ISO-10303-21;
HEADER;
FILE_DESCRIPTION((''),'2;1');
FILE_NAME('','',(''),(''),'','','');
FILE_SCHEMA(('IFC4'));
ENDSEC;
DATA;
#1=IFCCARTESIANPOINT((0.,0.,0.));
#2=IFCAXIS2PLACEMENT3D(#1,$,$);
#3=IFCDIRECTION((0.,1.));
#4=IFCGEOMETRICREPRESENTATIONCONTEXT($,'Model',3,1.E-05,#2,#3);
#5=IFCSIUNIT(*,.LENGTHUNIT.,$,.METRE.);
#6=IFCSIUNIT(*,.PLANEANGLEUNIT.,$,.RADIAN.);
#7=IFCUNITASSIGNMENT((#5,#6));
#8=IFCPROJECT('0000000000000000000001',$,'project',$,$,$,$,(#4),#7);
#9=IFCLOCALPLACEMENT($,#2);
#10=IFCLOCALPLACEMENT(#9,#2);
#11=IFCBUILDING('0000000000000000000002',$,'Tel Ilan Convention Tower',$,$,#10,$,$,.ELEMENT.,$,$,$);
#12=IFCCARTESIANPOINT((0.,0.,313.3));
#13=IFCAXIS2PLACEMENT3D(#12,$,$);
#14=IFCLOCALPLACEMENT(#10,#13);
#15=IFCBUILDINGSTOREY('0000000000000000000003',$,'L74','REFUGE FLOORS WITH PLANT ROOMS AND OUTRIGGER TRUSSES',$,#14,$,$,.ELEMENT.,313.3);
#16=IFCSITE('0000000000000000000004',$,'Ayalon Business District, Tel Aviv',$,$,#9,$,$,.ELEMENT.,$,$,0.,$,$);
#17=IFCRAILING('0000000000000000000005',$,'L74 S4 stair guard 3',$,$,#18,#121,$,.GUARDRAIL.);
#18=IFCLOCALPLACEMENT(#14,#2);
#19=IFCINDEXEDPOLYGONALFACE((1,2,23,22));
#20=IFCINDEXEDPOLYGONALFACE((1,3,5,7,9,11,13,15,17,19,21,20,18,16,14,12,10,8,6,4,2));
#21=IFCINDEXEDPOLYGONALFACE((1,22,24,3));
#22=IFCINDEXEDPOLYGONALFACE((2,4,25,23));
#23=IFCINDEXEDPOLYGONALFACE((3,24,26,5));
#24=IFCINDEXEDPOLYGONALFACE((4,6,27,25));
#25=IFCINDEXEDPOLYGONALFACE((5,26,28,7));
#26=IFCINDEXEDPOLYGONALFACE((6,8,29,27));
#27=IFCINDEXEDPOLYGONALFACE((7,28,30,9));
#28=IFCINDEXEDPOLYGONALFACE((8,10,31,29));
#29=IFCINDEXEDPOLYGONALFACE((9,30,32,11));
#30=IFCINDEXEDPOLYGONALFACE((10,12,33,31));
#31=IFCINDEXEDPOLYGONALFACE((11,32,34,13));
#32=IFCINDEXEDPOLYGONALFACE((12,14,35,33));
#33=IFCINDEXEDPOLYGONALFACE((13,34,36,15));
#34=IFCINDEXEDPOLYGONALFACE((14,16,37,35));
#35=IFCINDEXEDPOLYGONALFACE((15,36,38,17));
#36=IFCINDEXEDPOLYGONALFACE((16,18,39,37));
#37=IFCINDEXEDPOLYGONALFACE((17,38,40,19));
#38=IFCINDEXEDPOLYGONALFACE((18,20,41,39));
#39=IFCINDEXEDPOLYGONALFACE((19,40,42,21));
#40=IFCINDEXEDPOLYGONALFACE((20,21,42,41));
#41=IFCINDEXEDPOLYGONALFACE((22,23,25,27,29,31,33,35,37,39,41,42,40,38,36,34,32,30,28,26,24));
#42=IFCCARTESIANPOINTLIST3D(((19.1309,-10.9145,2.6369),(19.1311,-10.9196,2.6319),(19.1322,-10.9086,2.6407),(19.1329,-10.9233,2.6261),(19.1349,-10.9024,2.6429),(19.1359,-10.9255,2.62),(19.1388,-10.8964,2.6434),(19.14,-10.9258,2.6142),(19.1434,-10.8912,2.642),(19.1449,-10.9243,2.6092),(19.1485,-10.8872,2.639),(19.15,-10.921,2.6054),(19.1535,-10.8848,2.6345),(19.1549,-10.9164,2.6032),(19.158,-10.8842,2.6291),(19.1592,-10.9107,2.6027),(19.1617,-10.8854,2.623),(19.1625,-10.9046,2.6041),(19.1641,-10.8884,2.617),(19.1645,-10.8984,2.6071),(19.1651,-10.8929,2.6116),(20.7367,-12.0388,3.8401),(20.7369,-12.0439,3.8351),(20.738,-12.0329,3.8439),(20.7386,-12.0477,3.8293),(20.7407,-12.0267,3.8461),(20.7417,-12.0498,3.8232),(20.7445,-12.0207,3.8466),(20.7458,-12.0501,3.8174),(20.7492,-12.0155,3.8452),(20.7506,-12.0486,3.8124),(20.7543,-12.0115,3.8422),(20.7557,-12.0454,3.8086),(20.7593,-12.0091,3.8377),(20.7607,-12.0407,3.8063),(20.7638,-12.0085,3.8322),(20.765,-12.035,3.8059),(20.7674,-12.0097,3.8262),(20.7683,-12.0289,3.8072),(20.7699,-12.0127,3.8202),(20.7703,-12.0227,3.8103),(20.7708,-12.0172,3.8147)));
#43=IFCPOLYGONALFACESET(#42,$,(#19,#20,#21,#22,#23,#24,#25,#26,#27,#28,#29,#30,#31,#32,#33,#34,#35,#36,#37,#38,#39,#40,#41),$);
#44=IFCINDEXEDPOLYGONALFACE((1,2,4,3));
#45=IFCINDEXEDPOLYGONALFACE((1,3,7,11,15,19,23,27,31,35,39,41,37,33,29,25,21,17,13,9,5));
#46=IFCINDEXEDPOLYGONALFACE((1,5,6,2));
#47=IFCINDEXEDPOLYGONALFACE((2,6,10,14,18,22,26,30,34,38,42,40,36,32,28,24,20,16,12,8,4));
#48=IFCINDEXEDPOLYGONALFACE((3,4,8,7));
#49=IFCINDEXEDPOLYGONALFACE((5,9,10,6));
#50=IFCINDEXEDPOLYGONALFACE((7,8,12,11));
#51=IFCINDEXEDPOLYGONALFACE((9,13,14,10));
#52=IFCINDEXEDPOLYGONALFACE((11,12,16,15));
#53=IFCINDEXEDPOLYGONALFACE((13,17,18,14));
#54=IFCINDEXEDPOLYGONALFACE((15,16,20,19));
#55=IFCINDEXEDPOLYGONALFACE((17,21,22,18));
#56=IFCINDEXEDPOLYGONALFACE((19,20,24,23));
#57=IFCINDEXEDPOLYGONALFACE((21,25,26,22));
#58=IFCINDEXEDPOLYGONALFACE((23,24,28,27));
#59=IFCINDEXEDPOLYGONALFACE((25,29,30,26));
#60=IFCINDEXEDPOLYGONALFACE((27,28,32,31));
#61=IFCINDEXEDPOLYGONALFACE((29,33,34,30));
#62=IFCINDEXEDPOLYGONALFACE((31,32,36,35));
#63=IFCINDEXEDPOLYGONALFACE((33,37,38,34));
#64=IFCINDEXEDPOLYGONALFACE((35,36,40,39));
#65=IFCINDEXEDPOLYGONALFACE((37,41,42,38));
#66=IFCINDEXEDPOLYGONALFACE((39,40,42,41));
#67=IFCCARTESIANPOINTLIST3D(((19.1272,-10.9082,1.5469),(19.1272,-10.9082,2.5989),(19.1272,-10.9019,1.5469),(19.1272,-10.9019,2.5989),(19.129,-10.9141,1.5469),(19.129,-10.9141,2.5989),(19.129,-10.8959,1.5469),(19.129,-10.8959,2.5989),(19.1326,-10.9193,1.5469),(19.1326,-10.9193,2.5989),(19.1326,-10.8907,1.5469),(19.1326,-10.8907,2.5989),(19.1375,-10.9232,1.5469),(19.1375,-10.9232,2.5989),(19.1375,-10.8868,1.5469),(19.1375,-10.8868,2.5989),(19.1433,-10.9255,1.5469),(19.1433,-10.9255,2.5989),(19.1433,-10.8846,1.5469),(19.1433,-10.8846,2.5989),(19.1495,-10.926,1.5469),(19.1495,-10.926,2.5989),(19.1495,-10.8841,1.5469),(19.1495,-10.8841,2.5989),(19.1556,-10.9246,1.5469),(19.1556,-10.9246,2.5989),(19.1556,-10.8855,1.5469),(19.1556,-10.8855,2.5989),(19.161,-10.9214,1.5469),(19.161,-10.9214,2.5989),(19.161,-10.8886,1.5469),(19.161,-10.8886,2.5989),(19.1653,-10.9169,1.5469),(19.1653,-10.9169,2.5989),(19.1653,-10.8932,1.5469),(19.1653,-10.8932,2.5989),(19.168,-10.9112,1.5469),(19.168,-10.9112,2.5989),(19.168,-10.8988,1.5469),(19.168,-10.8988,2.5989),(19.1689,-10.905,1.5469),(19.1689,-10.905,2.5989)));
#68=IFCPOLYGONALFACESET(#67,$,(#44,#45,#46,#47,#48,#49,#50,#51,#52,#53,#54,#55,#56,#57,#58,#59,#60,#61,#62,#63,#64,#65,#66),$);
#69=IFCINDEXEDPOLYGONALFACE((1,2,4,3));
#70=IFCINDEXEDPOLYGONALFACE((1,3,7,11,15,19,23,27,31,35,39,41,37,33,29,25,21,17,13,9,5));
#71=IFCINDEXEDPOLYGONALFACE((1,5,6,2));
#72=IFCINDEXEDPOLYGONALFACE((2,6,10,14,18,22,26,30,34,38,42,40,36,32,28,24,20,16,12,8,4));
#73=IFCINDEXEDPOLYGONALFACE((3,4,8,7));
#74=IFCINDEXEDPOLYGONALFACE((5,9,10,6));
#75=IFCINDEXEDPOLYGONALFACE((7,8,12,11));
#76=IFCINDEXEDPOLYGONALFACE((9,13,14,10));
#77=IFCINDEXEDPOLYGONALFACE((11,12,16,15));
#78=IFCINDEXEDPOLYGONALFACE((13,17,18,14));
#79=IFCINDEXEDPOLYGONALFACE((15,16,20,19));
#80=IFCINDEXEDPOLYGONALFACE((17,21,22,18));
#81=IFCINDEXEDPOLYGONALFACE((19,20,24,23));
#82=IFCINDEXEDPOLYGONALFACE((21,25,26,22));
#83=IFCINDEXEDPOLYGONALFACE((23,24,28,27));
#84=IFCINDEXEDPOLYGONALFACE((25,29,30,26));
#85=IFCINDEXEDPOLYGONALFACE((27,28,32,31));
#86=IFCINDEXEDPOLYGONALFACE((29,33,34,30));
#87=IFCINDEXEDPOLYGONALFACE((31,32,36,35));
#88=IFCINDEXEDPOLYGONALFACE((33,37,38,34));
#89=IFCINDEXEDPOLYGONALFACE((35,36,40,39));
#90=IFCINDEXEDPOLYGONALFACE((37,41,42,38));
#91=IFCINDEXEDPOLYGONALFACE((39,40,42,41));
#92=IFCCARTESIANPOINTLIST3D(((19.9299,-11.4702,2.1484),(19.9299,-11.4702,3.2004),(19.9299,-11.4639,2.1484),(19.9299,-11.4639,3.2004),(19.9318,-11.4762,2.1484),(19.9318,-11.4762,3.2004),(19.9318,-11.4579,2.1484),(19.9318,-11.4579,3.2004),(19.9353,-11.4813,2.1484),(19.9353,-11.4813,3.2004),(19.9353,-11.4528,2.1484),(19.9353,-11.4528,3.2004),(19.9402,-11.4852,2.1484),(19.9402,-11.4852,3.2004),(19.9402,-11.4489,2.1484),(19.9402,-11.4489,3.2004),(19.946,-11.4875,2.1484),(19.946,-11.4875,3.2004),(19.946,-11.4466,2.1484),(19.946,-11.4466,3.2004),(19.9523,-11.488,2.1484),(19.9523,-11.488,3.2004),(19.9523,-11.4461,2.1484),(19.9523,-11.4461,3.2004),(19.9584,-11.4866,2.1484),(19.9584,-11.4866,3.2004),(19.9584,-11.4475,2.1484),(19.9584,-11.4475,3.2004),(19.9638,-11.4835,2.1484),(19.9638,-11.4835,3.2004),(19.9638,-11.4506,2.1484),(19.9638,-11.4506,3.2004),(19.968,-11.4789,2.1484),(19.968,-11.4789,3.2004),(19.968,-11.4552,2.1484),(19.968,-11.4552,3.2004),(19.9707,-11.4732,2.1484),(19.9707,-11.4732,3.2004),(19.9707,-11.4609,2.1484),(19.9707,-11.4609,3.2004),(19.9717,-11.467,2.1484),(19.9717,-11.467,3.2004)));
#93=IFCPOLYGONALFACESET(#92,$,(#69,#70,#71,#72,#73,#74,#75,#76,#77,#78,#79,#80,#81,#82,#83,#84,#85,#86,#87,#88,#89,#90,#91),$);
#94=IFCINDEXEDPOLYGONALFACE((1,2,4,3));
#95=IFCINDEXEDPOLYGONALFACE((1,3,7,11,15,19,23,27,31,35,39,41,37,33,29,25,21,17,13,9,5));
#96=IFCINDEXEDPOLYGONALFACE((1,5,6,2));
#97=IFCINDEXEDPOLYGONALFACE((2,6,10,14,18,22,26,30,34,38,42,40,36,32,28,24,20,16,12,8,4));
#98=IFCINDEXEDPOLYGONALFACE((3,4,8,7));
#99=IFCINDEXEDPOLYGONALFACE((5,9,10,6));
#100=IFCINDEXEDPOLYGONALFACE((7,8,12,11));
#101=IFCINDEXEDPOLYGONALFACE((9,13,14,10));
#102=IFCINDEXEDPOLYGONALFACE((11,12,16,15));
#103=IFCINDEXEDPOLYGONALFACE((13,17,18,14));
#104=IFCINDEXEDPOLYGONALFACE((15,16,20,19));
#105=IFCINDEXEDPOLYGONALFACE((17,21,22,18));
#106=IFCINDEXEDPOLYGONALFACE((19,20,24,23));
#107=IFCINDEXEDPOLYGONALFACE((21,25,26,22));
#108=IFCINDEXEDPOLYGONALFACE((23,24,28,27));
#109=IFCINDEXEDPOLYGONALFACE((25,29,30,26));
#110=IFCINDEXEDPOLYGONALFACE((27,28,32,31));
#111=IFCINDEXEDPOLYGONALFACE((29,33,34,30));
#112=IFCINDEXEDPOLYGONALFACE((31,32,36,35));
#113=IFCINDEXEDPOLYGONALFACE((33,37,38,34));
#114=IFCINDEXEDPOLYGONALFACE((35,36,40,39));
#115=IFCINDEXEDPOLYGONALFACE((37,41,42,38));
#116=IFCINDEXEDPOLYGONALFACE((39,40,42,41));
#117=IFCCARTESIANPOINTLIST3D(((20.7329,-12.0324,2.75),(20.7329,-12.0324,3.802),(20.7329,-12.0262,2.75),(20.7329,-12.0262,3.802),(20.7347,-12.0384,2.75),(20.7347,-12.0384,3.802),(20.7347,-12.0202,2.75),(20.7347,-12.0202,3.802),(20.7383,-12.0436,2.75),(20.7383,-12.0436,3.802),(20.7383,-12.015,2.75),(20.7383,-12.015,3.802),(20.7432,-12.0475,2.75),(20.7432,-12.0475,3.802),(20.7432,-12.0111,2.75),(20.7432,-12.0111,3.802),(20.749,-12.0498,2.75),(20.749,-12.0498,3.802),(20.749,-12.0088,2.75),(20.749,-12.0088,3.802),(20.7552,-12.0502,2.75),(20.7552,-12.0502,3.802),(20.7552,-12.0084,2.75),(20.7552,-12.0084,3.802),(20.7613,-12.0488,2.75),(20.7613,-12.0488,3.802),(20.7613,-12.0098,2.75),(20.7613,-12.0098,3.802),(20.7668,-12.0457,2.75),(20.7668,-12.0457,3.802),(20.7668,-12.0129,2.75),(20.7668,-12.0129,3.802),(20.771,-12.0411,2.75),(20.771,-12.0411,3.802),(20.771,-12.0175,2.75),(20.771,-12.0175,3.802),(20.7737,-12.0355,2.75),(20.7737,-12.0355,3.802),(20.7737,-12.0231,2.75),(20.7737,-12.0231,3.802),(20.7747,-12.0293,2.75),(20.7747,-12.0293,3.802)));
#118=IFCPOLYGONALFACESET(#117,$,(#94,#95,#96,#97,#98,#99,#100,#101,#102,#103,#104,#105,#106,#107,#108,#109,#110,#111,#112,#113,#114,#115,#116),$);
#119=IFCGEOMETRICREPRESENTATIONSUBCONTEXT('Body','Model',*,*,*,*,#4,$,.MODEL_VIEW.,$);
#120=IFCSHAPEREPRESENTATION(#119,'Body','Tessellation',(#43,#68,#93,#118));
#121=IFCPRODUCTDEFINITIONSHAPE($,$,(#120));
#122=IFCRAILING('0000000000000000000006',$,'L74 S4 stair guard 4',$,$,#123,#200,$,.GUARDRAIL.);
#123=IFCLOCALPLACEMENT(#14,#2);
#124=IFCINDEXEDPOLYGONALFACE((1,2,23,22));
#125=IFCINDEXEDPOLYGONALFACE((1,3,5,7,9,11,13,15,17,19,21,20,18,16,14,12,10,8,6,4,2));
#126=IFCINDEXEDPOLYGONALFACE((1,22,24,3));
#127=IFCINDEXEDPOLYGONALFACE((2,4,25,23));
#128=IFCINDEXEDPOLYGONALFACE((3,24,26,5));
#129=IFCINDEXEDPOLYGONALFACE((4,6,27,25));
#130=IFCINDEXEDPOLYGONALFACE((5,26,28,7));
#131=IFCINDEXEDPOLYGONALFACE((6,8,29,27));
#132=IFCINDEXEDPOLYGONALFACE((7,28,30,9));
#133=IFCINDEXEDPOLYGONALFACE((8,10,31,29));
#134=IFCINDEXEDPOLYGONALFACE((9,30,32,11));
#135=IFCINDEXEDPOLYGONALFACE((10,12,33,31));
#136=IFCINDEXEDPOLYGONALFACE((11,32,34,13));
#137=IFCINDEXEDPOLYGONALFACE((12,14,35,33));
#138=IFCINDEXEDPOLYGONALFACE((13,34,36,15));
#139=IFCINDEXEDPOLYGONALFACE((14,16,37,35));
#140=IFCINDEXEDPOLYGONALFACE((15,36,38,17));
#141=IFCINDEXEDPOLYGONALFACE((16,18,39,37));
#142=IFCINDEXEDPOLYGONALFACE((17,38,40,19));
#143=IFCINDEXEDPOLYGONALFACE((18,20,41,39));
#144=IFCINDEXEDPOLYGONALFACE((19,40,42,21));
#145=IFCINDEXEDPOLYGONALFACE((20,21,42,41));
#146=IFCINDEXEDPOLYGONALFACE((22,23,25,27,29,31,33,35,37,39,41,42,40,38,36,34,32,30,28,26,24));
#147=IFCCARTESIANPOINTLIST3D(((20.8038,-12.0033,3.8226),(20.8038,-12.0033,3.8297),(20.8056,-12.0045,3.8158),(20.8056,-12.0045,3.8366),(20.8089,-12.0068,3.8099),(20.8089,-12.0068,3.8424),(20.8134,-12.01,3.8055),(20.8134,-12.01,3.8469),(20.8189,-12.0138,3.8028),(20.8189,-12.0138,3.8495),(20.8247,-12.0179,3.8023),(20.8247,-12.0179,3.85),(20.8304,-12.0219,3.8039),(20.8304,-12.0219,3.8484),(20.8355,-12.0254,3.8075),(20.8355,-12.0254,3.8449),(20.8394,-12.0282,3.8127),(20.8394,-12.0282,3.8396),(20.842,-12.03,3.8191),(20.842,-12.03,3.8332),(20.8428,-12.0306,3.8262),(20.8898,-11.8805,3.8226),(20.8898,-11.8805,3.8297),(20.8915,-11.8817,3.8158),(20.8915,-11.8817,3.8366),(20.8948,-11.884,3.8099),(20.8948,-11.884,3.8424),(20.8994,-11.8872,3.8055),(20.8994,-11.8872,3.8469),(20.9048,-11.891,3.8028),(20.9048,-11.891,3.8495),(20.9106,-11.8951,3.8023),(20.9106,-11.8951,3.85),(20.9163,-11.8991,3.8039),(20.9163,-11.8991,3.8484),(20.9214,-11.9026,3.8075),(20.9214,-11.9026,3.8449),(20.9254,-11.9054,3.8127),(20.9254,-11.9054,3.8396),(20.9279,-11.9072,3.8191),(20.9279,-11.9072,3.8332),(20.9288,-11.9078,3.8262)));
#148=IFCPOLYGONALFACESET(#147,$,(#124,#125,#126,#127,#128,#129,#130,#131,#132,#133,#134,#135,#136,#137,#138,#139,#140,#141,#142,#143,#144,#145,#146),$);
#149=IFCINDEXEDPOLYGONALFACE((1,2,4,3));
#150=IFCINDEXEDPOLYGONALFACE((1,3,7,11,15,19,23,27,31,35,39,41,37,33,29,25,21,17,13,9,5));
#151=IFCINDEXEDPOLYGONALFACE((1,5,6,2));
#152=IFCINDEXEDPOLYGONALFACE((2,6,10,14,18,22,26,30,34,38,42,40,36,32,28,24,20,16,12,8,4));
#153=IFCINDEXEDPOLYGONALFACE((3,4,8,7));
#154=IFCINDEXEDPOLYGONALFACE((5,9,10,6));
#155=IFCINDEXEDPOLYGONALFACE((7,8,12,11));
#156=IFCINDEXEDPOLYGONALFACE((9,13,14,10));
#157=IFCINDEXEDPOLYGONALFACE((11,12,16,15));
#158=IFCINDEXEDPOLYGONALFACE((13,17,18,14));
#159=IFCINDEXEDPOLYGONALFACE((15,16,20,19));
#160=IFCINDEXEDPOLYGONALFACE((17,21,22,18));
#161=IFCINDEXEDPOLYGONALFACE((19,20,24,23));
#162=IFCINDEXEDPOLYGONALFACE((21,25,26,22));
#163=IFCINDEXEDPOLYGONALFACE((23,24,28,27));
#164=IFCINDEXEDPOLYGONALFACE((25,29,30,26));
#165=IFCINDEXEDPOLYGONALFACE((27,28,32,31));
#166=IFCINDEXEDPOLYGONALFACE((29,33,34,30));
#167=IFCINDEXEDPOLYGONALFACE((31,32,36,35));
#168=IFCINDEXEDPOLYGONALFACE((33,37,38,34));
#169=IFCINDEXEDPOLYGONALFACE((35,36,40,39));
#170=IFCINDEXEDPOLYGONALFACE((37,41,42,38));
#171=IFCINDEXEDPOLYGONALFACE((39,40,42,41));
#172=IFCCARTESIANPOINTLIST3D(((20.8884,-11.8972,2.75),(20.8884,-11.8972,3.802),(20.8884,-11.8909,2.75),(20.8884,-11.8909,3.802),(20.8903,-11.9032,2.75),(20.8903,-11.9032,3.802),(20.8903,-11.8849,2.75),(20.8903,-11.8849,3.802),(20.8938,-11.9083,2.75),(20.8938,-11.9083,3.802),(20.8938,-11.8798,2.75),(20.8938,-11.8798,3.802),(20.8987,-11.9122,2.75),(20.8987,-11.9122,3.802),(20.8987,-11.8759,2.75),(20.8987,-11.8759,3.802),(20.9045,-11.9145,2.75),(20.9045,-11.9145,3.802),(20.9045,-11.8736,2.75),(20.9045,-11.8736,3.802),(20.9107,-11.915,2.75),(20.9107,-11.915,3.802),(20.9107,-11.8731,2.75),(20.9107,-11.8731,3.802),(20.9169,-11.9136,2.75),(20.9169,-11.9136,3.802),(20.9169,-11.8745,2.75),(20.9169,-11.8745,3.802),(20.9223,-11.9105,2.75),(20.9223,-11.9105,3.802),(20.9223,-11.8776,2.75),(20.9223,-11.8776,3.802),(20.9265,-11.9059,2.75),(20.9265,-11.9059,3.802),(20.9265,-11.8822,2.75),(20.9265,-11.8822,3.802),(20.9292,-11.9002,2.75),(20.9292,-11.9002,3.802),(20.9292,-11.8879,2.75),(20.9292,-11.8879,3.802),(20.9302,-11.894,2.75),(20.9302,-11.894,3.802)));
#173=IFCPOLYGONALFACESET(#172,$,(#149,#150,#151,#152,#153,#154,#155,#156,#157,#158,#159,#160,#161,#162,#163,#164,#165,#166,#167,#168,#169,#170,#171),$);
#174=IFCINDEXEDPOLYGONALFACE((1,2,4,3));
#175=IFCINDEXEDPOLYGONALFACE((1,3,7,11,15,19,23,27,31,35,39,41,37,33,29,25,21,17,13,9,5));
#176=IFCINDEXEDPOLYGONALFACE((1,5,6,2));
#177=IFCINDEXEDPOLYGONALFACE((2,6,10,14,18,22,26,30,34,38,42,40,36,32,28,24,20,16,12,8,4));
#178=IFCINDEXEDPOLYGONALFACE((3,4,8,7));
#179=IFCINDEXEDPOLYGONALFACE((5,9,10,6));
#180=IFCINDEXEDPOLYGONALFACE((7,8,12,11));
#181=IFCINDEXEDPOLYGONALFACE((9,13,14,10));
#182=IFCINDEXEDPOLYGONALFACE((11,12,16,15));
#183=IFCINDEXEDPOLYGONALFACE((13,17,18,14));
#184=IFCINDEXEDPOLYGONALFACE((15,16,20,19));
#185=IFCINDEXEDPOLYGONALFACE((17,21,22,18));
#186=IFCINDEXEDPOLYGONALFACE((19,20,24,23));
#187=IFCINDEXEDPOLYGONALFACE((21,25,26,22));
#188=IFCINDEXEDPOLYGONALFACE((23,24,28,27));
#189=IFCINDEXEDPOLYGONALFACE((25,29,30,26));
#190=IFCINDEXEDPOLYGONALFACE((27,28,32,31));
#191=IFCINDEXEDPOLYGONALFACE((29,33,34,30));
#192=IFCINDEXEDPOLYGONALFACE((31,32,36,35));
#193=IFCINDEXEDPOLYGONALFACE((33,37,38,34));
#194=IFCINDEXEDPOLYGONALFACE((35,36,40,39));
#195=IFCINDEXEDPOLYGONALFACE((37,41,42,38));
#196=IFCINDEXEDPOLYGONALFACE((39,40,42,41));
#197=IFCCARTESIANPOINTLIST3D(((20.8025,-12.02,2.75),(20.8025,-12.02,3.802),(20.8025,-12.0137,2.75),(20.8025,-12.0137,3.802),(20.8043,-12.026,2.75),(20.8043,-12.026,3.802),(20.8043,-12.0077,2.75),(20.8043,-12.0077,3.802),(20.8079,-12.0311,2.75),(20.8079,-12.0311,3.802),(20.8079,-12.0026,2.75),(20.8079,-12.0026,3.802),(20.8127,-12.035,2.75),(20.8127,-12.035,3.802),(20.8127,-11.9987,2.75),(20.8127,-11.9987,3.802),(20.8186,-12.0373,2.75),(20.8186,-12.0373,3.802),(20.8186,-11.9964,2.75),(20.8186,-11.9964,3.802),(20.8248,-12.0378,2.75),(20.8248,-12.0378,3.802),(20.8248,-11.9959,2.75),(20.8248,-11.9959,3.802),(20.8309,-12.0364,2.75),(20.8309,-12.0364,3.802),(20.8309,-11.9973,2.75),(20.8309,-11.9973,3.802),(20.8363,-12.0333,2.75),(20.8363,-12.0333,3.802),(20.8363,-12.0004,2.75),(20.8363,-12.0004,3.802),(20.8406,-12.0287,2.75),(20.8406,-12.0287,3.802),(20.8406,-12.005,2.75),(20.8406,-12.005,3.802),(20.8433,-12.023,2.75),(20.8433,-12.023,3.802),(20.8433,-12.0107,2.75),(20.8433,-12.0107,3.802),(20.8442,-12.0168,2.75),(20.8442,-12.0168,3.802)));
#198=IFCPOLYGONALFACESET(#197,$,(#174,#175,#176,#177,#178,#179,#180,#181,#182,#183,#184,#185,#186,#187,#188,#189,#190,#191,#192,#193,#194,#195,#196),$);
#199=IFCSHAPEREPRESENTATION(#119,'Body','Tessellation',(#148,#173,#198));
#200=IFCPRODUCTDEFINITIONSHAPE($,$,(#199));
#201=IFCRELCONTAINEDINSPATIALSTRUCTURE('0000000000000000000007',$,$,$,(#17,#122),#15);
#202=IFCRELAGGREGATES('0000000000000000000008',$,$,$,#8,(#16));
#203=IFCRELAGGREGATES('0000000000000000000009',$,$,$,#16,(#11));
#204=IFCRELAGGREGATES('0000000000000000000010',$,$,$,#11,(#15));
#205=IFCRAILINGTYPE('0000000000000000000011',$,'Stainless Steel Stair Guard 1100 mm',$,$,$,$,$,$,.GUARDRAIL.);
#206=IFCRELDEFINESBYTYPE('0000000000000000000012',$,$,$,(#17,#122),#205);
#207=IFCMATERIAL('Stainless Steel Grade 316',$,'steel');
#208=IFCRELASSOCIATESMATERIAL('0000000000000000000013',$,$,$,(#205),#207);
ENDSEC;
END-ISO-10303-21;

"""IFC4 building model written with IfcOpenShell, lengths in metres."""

from ifc_helpers import new_model, si_unit, direction, frame, origin, origin_2d, place, context, subcontext, project, spatial, circle, extrude, material, type_object, element, save


model = new_model("IFC4")

# Units and contexts
model_context = context("Model", 3, precision=1e-05, world=origin(), true_north=direction((0.0, 1.0)))
body_context = subcontext(model_context, "Body", "Model", "MODEL_VIEW")
ifc_project = project(units=[si_unit("LENGTHUNIT", "METRE"), si_unit("PLANEANGLEUNIT", "RADIAN")], contexts=[model_context])

# Site, building, storey
site_placement = place(None, origin())
site = spatial("IfcSite", under=ifc_project, at=site_placement, Name="Ayalon Business District, Tel Aviv", CompositionType="ELEMENT", RefElevation=0.0)
building_placement = place(site_placement, origin())
building = spatial("IfcBuilding", under=site, at=building_placement, Name="Tel Ilan Convention Tower", CompositionType="ELEMENT")
storey_placement = place(building_placement, frame((0.0, 0.0, 313.3)))
storey = spatial("IfcBuildingStorey", under=building, at=storey_placement, Name="L74", Description="REFUGE FLOORS WITH PLANT ROOMS AND OUTRIGGER TRUSSES", CompositionType="ELEMENT", Elevation=313.3)

# Railings
ifc_material_1 = material(Name="Stainless Steel Grade 316", Category="steel")
railing_type_1 = type_object("IfcRailingType", Name="Stainless Steel Stair Guard 1100 mm", PredefinedType="GUARDRAIL", material=ifc_material_1)
railing_1_placement = place(storey_placement, frame((19.1479, -10.905, 1.5469)))
element("IfcRailing", 1, at=railing_1_placement, inside=storey, type_object=railing_type_1, Name="L74 S4 stair guard 3", PredefinedType="GUARDRAIL", context=body_context, shape_type="SweptSolid", body=[
    extrude(circle(Radius=0.0239, at=origin_2d()), frame((0.0, 0.0, 1.0762), z_axis=(0.698149, -0.488821, 0.523108), x_axis=(0.573554, 0.819168, 0.0)), (0.0, 0.0, 1.0), 2.3),
    extrude(circle(Radius=0.021, at=origin_2d()), origin(), (0.0, 0.0, 1.0), 1.052),
    extrude(circle(Radius=0.021, at=origin_2d()), frame((0.8027, -0.562, 0.6016)), (0.0, 0.0, 1.0), 1.052),
    extrude(circle(Radius=0.021, at=origin_2d()), frame((1.6057, -1.1243, 1.2031)), (0.0, 0.0, 1.0), 1.052),
])
railing_2_placement = place(storey_placement, frame((20.9092, -11.894, 2.75)))
element("IfcRailing", 2, at=railing_2_placement, inside=storey, type_object=railing_type_1, Name="L74 S4 stair guard 4", PredefinedType="GUARDRAIL", context=body_context, shape_type="SweptSolid", body=[
    extrude(circle(Radius=0.0239, at=origin_2d()), frame((0.0, 0.0, 1.0762), z_axis=(-0.573353, -0.819308, 0.0), x_axis=(0.819308, -0.573353, 0.0)), (0.0, 0.0, 1.0), 0.1499),
    extrude(circle(Radius=0.021, at=origin_2d()), origin(), (0.0, 0.0, 1.0), 1.052),
    extrude(circle(Radius=0.021, at=origin_2d()), frame((-0.0859, -0.1228, 0.0)), (0.0, 0.0, 1.0), 1.052),
])

save(model, "model.ifc")
